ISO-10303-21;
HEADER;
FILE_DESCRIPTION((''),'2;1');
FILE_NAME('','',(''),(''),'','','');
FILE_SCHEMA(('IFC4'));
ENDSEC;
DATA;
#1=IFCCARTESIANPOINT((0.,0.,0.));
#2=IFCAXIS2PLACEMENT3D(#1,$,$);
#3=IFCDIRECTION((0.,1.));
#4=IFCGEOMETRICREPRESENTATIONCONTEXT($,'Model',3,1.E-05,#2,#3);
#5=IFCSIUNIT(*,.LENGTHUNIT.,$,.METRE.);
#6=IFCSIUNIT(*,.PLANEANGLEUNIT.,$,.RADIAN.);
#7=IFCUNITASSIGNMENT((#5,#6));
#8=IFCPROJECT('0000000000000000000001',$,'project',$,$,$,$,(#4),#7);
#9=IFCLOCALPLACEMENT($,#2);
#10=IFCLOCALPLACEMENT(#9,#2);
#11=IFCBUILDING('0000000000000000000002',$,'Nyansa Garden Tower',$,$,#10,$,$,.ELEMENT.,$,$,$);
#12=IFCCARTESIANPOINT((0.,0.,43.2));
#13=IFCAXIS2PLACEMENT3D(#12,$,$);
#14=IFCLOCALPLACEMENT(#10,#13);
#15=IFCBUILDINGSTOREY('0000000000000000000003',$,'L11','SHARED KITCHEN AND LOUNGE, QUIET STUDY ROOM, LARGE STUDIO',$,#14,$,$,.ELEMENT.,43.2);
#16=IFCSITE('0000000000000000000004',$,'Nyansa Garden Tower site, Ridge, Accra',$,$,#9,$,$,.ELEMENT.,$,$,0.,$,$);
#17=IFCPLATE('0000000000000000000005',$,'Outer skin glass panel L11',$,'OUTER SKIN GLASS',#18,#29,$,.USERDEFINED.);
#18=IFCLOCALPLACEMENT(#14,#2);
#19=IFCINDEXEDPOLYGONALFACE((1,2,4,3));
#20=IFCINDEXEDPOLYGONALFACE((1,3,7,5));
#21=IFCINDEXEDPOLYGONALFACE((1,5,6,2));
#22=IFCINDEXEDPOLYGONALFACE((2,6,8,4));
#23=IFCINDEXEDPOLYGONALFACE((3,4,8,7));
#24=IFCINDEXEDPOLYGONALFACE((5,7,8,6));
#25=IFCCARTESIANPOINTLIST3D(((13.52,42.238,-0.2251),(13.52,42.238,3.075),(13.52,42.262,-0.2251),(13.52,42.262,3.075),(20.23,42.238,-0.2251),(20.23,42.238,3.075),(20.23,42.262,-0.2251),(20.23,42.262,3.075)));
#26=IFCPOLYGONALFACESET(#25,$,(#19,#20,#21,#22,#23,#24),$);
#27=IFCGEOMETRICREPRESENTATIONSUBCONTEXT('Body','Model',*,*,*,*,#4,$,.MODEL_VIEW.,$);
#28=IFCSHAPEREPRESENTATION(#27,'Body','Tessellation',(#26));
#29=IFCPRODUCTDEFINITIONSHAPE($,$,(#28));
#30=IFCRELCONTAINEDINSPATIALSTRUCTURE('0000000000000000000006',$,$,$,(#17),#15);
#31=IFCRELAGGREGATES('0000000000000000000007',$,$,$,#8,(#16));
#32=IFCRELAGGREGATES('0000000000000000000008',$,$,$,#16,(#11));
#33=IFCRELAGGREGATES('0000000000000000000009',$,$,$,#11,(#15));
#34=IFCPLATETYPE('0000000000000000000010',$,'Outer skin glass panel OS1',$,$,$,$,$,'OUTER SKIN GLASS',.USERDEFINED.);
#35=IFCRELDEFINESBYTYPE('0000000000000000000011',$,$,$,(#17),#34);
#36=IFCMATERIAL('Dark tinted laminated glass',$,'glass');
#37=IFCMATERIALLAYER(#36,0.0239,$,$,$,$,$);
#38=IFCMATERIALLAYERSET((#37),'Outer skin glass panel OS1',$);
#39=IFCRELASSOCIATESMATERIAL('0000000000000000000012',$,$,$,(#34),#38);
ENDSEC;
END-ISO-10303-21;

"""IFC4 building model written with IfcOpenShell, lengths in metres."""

from ifc_helpers import new_model, si_unit, direction, frame, origin, origin_2d, place, context, subcontext, project, spatial, rectangle, extrude, material, layer, layer_set, type_object, element, save


model = new_model("IFC4")

# Units and contexts
model_context = context("Model", 3, precision=1e-05, world=origin(), true_north=direction((0.0, 1.0)))
body_context = subcontext(model_context, "Body", "Model", "MODEL_VIEW")
ifc_project = project(units=[si_unit("LENGTHUNIT", "METRE"), si_unit("PLANEANGLEUNIT", "RADIAN")], contexts=[model_context])

# Site, building, storey
site_placement = place(None, origin())
site = spatial("IfcSite", under=ifc_project, at=site_placement, Name="Nyansa Garden Tower site, Ridge, Accra", CompositionType="ELEMENT", RefElevation=0.0)
building_placement = place(site_placement, origin())
building = spatial("IfcBuilding", under=site, at=building_placement, Name="Nyansa Garden Tower", CompositionType="ELEMENT")
storey_placement = place(building_placement, frame((0.0, 0.0, 43.2)))
storey = spatial("IfcBuildingStorey", under=building, at=storey_placement, Name="L11", Description="SHARED KITCHEN AND LOUNGE, QUIET STUDY ROOM, LARGE STUDIO", CompositionType="ELEMENT", Elevation=43.2)

# Plate
ifc_material_1 = material(Name="Dark tinted laminated glass", Category="glass")
ifc_layer_1 = layer(ifc_material_1, 0.0239)
ifc_layer_set_1 = layer_set([ifc_layer_1], Name="Outer skin glass panel OS1")
plate_type_1 = type_object("IfcPlateType", Name="Outer skin glass panel OS1", ElementType="OUTER SKIN GLASS", PredefinedType="USERDEFINED", material=ifc_layer_set_1)
plate_1_placement = place(storey_placement, frame((16.875, 42.25, -0.2251), z_axis=(0.0, 0.0, 1.0), x_axis=(1.0, 0.0, 0.0)))
element("IfcPlate", 1, at=plate_1_placement, inside=storey, type_object=plate_type_1, Name="Outer skin glass panel L11", ObjectType="OUTER SKIN GLASS", PredefinedType="USERDEFINED", context=body_context, shape_type="SweptSolid", body=[
    extrude(rectangle(XDim=6.71, YDim=0.0239, at=origin_2d()), origin(), (0.0, 0.0, 1.0), 3.3),
])

save(model, "model.ifc")
